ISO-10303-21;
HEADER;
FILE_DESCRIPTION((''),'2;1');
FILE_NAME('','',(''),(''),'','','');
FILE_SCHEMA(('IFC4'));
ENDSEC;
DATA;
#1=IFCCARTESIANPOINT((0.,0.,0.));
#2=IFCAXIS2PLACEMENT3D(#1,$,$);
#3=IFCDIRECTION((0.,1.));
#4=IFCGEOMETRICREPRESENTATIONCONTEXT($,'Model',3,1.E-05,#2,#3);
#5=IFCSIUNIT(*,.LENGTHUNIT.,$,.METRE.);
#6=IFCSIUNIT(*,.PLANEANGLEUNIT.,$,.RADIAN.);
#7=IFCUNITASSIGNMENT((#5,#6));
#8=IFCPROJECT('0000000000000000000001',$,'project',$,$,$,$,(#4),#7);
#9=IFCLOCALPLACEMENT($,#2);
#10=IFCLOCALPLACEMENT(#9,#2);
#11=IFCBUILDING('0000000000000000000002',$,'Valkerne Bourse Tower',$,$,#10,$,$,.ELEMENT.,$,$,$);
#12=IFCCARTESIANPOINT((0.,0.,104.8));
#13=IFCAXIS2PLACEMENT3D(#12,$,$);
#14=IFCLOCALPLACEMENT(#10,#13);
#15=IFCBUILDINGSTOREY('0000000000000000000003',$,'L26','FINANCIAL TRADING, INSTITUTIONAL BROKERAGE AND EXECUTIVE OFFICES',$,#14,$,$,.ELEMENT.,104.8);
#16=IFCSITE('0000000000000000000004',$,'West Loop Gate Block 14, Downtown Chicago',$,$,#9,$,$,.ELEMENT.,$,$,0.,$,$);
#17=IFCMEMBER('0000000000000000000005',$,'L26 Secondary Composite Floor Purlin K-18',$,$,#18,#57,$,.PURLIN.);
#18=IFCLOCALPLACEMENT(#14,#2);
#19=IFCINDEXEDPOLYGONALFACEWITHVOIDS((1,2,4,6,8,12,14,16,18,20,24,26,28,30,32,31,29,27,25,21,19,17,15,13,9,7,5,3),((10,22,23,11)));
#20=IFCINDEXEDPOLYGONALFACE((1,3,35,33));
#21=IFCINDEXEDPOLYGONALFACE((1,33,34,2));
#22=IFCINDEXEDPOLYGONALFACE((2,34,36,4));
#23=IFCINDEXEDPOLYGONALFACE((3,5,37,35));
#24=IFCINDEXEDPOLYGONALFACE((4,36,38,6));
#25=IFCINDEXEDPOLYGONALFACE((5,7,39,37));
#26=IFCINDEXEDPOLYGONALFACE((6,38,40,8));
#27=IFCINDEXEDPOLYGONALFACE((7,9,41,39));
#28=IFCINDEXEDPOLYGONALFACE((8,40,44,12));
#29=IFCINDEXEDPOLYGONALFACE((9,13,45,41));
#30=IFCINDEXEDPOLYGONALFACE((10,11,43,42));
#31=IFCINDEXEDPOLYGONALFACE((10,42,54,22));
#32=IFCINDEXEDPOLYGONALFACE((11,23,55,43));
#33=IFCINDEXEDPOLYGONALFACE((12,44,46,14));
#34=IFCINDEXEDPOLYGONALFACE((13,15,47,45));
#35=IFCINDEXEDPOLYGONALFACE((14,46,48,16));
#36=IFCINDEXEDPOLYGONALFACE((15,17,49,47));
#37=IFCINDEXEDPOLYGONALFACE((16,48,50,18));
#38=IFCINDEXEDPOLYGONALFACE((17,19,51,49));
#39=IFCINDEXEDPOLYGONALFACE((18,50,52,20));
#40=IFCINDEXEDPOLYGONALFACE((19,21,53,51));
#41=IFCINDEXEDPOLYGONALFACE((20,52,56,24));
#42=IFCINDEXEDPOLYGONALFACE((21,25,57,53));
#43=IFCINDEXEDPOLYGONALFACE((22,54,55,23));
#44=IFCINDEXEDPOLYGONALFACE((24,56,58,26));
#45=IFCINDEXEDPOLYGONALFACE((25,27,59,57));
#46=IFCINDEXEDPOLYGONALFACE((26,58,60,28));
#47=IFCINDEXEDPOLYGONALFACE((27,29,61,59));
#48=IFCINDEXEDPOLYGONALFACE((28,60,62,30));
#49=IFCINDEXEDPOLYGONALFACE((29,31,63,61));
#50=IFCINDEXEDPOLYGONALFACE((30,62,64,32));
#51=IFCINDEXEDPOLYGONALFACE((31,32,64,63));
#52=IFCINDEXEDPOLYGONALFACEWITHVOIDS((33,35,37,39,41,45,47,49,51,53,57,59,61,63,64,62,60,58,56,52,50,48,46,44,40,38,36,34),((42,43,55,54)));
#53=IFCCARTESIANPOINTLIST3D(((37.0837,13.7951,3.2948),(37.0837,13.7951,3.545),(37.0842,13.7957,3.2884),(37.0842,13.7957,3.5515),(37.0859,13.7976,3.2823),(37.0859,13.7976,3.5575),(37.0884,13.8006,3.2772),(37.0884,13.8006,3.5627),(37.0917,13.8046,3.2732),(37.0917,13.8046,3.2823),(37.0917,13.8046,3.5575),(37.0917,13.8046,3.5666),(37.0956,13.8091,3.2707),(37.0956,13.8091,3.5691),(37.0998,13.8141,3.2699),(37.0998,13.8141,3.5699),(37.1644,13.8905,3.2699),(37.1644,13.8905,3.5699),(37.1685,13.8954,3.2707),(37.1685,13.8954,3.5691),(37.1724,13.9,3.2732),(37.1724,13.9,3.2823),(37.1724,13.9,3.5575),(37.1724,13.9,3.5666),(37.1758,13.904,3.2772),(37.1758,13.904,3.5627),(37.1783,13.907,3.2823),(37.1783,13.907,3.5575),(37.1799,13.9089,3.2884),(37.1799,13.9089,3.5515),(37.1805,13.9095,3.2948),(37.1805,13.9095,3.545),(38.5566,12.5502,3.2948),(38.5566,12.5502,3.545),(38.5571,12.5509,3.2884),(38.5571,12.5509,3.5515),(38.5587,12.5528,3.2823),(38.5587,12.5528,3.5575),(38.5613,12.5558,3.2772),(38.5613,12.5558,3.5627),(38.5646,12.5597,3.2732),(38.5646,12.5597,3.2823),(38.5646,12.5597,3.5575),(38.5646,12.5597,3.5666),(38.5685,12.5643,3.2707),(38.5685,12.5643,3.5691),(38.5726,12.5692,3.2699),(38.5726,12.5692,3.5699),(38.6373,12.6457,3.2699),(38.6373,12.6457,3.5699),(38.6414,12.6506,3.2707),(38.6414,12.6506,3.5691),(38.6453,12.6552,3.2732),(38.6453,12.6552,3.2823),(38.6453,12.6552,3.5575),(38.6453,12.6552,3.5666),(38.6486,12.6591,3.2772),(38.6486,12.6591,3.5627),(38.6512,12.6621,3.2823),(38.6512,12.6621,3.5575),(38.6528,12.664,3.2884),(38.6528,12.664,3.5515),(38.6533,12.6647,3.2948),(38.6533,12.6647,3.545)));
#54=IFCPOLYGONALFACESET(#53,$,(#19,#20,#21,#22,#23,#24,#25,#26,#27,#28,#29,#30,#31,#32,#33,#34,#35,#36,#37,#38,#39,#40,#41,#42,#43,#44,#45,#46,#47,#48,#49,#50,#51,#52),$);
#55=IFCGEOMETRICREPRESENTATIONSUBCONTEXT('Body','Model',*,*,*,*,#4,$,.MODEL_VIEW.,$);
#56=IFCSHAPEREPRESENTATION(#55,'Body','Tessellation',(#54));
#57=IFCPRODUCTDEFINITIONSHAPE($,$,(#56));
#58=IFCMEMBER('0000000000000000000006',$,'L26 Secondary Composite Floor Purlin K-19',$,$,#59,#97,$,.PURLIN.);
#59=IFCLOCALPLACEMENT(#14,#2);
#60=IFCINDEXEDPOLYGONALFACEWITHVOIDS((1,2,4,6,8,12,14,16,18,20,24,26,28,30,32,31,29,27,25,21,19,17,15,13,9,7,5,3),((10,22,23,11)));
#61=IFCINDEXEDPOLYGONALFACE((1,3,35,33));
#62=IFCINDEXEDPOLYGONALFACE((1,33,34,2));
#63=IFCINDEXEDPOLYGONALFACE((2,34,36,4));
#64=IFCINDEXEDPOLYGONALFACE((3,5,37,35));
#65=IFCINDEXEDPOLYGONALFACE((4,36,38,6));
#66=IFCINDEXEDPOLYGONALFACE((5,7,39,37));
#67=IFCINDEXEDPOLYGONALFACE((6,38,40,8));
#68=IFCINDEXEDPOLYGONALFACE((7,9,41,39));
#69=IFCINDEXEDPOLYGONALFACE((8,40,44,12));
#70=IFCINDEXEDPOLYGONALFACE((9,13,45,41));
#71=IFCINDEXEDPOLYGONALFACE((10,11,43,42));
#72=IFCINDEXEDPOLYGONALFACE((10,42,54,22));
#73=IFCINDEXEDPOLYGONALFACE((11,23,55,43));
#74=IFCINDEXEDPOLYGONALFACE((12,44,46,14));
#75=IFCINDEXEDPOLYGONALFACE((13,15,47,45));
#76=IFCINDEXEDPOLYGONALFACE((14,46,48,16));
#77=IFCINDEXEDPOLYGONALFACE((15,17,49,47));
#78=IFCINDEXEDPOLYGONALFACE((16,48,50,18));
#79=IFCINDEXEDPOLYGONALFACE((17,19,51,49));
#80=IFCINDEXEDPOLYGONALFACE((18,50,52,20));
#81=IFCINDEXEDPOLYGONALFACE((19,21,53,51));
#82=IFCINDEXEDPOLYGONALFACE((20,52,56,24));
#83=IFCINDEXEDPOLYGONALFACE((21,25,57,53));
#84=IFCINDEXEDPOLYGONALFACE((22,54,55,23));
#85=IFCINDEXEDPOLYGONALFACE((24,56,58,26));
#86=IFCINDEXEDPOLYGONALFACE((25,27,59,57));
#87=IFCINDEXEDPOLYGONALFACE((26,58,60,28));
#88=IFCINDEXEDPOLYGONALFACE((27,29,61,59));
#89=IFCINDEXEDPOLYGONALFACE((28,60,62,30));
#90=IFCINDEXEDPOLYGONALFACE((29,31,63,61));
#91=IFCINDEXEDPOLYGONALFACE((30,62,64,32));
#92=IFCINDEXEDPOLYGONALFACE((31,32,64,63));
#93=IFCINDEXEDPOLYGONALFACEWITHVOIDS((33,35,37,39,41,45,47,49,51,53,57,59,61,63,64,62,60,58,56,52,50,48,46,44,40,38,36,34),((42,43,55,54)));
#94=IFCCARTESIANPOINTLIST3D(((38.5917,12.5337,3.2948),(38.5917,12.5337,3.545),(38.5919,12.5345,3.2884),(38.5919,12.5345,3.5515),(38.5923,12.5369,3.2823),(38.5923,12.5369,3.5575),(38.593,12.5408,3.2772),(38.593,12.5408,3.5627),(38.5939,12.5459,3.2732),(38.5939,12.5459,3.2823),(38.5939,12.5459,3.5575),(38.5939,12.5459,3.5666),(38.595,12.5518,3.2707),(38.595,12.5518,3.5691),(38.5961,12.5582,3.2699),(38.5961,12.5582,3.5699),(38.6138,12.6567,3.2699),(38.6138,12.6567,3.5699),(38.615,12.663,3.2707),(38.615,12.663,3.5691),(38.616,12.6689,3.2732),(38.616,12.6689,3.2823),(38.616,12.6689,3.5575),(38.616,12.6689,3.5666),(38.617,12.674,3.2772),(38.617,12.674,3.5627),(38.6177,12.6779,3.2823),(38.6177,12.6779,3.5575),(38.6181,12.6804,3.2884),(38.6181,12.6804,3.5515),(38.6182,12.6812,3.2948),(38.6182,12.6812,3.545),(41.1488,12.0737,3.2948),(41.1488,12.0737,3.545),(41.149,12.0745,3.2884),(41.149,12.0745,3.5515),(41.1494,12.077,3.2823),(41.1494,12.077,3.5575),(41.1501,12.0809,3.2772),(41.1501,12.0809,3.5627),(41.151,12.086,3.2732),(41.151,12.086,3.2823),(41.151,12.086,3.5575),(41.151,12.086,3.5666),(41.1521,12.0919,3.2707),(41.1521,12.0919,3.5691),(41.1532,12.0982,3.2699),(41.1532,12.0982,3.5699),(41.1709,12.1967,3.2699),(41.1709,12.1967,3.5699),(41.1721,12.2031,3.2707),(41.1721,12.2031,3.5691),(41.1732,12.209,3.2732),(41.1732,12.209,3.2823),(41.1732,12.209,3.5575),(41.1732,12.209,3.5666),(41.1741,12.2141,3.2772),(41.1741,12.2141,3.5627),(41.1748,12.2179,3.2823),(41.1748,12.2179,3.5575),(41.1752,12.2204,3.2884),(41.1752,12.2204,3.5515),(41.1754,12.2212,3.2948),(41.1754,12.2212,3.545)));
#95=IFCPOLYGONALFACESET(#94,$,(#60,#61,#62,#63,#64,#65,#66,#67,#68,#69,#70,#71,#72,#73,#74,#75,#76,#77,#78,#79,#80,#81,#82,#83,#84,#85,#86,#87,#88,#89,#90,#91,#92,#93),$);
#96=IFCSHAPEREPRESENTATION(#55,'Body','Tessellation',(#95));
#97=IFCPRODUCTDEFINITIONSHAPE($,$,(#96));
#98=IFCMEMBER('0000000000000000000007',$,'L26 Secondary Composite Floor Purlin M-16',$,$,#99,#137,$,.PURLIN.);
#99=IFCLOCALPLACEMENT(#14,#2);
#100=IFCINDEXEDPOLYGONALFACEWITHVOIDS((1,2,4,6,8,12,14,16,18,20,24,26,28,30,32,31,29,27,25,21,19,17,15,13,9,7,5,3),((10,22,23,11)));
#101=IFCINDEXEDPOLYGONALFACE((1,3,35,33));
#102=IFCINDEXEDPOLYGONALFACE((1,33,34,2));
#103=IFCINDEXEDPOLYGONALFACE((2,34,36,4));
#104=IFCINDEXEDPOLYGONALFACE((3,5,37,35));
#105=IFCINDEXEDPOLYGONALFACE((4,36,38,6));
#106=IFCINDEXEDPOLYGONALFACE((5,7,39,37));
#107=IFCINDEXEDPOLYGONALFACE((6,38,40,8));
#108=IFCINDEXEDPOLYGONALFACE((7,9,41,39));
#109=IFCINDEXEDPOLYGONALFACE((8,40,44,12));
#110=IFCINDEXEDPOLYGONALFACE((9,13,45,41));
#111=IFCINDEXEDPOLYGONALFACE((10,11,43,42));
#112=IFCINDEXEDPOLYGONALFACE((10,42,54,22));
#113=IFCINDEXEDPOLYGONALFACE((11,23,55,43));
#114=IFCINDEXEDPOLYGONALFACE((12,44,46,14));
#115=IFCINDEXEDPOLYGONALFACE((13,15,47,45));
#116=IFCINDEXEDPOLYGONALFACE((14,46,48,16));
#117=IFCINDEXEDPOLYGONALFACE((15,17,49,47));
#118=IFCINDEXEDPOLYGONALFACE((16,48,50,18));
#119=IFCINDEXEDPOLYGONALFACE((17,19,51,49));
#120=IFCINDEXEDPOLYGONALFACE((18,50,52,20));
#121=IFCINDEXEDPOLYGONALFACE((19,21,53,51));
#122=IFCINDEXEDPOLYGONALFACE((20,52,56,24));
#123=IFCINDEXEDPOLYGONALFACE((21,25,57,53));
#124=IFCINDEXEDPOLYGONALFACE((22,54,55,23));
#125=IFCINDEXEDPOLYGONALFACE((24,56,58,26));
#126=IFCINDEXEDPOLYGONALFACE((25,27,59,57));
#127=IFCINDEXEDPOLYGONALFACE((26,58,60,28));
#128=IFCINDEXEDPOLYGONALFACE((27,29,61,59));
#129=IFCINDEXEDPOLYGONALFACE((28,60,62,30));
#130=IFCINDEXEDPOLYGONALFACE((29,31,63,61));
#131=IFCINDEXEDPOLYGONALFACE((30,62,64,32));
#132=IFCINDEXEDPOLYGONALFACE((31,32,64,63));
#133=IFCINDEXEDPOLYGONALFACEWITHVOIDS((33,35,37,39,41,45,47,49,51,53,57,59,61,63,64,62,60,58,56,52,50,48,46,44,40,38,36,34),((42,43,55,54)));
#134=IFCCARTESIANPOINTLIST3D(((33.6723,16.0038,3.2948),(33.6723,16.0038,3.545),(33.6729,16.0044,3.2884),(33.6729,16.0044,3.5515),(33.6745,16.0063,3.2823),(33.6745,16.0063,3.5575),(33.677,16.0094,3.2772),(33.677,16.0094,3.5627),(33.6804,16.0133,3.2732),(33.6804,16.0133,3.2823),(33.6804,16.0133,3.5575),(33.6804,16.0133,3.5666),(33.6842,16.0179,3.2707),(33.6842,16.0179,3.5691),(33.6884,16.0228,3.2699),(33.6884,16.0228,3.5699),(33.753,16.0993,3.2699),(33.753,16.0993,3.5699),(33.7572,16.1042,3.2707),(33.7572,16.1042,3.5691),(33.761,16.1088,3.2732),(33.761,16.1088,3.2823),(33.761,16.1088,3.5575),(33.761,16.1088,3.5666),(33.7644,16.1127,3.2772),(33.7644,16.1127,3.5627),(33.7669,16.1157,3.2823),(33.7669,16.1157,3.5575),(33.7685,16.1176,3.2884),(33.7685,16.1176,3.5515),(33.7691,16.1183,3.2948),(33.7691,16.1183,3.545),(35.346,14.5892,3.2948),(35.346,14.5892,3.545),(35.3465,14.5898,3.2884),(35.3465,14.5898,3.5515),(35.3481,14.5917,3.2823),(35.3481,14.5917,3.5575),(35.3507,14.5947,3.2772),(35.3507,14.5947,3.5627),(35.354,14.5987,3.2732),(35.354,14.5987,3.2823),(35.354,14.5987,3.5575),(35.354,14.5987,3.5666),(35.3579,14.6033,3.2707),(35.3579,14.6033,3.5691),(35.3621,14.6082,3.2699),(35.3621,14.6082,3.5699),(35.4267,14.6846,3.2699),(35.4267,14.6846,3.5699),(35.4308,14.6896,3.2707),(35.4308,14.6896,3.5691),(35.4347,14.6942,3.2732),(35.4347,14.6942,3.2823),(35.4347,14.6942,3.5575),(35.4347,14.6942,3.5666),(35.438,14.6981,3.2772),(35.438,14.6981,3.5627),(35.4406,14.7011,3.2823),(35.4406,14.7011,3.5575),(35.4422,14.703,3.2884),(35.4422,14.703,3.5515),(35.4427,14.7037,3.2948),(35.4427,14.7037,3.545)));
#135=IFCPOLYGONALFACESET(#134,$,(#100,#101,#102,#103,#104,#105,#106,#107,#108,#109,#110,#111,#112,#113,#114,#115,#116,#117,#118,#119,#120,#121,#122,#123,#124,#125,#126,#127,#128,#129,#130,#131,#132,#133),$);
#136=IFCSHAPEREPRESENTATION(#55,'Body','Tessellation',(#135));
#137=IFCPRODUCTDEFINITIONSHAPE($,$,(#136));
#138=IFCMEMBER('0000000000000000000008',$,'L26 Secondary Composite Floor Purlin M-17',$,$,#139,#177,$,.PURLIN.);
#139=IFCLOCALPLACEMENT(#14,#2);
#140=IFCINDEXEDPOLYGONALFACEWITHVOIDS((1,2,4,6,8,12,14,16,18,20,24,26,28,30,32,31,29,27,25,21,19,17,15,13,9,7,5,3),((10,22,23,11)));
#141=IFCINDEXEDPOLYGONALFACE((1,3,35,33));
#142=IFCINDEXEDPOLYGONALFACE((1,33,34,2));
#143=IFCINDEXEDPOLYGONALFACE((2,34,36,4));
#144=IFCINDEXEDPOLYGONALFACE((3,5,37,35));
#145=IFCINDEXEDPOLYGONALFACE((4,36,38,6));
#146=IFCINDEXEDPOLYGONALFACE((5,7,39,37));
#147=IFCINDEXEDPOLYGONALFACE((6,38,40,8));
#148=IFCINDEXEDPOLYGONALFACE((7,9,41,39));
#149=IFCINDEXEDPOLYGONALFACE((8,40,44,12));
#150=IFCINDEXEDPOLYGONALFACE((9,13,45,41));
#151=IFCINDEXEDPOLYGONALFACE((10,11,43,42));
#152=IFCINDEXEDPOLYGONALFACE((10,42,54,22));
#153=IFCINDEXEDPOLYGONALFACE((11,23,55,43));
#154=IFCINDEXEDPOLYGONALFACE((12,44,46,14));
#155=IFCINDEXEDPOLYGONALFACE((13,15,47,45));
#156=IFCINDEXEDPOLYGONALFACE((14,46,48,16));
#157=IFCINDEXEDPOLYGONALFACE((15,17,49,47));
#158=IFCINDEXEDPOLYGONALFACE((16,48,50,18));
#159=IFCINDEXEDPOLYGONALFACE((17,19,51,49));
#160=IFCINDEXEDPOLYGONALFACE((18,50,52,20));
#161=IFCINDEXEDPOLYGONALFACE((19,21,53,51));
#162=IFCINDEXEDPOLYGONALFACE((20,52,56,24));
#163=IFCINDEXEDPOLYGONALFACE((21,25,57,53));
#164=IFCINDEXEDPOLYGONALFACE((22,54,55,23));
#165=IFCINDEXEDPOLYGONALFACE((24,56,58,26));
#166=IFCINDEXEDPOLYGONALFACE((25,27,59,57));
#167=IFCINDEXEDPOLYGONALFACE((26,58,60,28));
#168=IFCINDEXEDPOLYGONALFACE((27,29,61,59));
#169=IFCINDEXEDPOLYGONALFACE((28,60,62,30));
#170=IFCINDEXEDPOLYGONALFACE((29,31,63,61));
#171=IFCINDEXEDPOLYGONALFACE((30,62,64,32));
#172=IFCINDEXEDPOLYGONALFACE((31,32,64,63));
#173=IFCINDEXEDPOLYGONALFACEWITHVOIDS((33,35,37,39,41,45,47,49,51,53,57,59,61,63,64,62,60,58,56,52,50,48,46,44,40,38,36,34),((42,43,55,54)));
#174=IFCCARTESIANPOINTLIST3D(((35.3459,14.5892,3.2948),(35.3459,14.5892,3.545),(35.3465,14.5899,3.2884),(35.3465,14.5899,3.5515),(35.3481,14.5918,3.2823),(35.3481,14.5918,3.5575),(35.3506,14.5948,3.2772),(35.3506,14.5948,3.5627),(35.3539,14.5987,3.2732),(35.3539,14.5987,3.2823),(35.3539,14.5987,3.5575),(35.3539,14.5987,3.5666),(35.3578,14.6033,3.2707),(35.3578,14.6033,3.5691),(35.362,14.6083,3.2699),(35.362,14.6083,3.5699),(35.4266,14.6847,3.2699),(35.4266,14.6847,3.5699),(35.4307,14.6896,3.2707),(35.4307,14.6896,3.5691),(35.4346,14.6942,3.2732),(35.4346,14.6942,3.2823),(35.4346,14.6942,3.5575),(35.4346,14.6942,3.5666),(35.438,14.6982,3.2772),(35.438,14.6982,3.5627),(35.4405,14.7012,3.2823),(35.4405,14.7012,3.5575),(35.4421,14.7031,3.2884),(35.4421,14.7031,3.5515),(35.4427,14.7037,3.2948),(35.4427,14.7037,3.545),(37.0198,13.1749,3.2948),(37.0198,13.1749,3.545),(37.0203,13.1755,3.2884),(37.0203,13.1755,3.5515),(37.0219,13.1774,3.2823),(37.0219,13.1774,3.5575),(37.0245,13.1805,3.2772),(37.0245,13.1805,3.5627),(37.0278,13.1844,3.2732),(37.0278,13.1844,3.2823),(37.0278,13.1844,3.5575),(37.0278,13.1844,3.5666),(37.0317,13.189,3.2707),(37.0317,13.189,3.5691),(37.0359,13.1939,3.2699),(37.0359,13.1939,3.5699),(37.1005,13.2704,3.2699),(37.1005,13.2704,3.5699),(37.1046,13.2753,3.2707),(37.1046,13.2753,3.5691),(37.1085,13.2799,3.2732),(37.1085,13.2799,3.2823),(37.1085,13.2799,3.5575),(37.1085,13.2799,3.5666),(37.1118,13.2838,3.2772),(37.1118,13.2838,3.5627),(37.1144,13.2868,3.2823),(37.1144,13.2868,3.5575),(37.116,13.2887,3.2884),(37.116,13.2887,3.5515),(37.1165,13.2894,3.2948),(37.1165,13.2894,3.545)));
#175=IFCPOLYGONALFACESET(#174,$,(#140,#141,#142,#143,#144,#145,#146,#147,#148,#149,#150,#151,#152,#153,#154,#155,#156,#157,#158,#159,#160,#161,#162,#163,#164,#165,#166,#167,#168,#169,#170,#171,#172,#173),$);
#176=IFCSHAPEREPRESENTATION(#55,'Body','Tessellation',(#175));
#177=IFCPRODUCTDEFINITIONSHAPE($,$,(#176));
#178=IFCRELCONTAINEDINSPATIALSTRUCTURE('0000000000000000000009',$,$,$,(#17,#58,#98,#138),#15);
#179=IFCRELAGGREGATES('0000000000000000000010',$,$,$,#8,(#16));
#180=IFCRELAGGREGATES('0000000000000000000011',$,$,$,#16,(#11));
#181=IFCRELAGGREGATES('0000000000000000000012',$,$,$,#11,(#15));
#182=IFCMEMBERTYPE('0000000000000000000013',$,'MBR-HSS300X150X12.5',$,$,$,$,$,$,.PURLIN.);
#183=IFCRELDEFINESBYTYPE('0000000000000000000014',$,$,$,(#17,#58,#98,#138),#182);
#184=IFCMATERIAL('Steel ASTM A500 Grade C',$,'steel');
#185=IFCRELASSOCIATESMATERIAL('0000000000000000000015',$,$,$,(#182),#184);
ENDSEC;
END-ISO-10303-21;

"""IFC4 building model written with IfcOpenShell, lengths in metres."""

from ifc_helpers import new_model, si_unit, direction, frame, origin, origin_2d, place, context, subcontext, project, spatial, hollow_rectangle, extrude, material, material_profile, profile_set, type_object, element, save


model = new_model("IFC4")

# Units and contexts
model_context = context("Model", 3, precision=1e-05, world=origin(), true_north=direction((0.0, 1.0)))
body_context = subcontext(model_context, "Body", "Model", "MODEL_VIEW")
ifc_project = project(units=[si_unit("LENGTHUNIT", "METRE"), si_unit("PLANEANGLEUNIT", "RADIAN")], contexts=[model_context])

# Site, building, storey
site_placement = place(None, origin())
site = spatial("IfcSite", under=ifc_project, at=site_placement, Name="West Loop Gate Block 14, Downtown Chicago", CompositionType="ELEMENT", RefElevation=0.0)
building_placement = place(site_placement, origin())
building = spatial("IfcBuilding", under=site, at=building_placement, Name="Valkerne Bourse Tower", CompositionType="ELEMENT")
storey_placement = place(building_placement, frame((0.0, 0.0, 104.8)))
storey = spatial("IfcBuildingStorey", under=building, at=storey_placement, Name="L26", Description="FINANCIAL TRADING, INSTITUTIONAL BROKERAGE AND EXECUTIVE OFFICES", CompositionType="ELEMENT", Elevation=104.8)

# Members
ifc_material_1 = material(Name="Steel ASTM A500 Grade C", Category="steel")
ifc_material_profile_1 = material_profile(ifc_material_1, hollow_rectangle(XDim=0.1499, YDim=0.3, WallThickness=0.0125, OuterFilletRadius=0.0249, at=origin_2d()), Name="HSS300X150X12.5")
ifc_profile_set_1 = profile_set([ifc_material_profile_1], Name="Steel ASTM A500 Grade C")
member_type_1 = type_object("IfcMemberType", Name="MBR-HSS300X150X12.5", PredefinedType="PURLIN", material=ifc_profile_set_1)
for number, where, z_axis, x_axis, name in (
    (1, (37.1321, 13.8523, 3.4199), (0.763751, -0.645511, 0.0), (0.645511, 0.763751, 0.0), "L26 Secondary Composite Floor Purlin K-18"),
):
    element("IfcMember", number, at=place(storey_placement, frame(where, z_axis=z_axis, x_axis=x_axis)), inside=storey, type_object=member_type_1, Name=name, PredefinedType="PURLIN", context=body_context, shape_type="SweptSolid", body=[
        extrude(hollow_rectangle(XDim=0.1499, YDim=0.3, WallThickness=0.0125, OuterFilletRadius=0.0249, at=origin_2d()), origin(), (0.0, 0.0, 1.0), 1.9285),
    ])
member_1_placement = place(storey_placement, frame((38.605, 12.6074, 3.4199), z_axis=(0.984205, -0.177033, 0.0), x_axis=(0.177033, 0.984205, 0.0)))
element("IfcMember", 2, at=member_1_placement, inside=storey, type_object=member_type_1, Name="L26 Secondary Composite Floor Purlin K-19", PredefinedType="PURLIN", context=body_context, shape_type="SweptSolid", body=[
    extrude(hollow_rectangle(XDim=0.1499, YDim=0.3, WallThickness=0.0125, OuterFilletRadius=0.0249, at=origin_2d()), origin(), (0.0, 0.0, 1.0), 2.5981),
])
for number, where, z_axis, x_axis, name in (
    (3, (33.7207, 16.061, 3.4199), (0.763737, -0.645528, 0.0), (0.645528, 0.763737, 0.0), "L26 Secondary Composite Floor Purlin M-16"),
    (4, (35.3943, 14.6465, 3.4199), (0.763838, -0.645408, 0.0), (0.645408, 0.763838, 0.0), "L26 Secondary Composite Floor Purlin M-17"),
):
    element("IfcMember", number, at=place(storey_placement, frame(where, z_axis=z_axis, x_axis=x_axis)), inside=storey, type_object=member_type_1, Name=name, PredefinedType="PURLIN", context=body_context, shape_type="SweptSolid", body=[
        extrude(hollow_rectangle(XDim=0.1499, YDim=0.3, WallThickness=0.0125, OuterFilletRadius=0.0249, at=origin_2d()), origin(), (0.0, 0.0, 1.0), 2.1914),
    ])

save(model, "model.ifc")
